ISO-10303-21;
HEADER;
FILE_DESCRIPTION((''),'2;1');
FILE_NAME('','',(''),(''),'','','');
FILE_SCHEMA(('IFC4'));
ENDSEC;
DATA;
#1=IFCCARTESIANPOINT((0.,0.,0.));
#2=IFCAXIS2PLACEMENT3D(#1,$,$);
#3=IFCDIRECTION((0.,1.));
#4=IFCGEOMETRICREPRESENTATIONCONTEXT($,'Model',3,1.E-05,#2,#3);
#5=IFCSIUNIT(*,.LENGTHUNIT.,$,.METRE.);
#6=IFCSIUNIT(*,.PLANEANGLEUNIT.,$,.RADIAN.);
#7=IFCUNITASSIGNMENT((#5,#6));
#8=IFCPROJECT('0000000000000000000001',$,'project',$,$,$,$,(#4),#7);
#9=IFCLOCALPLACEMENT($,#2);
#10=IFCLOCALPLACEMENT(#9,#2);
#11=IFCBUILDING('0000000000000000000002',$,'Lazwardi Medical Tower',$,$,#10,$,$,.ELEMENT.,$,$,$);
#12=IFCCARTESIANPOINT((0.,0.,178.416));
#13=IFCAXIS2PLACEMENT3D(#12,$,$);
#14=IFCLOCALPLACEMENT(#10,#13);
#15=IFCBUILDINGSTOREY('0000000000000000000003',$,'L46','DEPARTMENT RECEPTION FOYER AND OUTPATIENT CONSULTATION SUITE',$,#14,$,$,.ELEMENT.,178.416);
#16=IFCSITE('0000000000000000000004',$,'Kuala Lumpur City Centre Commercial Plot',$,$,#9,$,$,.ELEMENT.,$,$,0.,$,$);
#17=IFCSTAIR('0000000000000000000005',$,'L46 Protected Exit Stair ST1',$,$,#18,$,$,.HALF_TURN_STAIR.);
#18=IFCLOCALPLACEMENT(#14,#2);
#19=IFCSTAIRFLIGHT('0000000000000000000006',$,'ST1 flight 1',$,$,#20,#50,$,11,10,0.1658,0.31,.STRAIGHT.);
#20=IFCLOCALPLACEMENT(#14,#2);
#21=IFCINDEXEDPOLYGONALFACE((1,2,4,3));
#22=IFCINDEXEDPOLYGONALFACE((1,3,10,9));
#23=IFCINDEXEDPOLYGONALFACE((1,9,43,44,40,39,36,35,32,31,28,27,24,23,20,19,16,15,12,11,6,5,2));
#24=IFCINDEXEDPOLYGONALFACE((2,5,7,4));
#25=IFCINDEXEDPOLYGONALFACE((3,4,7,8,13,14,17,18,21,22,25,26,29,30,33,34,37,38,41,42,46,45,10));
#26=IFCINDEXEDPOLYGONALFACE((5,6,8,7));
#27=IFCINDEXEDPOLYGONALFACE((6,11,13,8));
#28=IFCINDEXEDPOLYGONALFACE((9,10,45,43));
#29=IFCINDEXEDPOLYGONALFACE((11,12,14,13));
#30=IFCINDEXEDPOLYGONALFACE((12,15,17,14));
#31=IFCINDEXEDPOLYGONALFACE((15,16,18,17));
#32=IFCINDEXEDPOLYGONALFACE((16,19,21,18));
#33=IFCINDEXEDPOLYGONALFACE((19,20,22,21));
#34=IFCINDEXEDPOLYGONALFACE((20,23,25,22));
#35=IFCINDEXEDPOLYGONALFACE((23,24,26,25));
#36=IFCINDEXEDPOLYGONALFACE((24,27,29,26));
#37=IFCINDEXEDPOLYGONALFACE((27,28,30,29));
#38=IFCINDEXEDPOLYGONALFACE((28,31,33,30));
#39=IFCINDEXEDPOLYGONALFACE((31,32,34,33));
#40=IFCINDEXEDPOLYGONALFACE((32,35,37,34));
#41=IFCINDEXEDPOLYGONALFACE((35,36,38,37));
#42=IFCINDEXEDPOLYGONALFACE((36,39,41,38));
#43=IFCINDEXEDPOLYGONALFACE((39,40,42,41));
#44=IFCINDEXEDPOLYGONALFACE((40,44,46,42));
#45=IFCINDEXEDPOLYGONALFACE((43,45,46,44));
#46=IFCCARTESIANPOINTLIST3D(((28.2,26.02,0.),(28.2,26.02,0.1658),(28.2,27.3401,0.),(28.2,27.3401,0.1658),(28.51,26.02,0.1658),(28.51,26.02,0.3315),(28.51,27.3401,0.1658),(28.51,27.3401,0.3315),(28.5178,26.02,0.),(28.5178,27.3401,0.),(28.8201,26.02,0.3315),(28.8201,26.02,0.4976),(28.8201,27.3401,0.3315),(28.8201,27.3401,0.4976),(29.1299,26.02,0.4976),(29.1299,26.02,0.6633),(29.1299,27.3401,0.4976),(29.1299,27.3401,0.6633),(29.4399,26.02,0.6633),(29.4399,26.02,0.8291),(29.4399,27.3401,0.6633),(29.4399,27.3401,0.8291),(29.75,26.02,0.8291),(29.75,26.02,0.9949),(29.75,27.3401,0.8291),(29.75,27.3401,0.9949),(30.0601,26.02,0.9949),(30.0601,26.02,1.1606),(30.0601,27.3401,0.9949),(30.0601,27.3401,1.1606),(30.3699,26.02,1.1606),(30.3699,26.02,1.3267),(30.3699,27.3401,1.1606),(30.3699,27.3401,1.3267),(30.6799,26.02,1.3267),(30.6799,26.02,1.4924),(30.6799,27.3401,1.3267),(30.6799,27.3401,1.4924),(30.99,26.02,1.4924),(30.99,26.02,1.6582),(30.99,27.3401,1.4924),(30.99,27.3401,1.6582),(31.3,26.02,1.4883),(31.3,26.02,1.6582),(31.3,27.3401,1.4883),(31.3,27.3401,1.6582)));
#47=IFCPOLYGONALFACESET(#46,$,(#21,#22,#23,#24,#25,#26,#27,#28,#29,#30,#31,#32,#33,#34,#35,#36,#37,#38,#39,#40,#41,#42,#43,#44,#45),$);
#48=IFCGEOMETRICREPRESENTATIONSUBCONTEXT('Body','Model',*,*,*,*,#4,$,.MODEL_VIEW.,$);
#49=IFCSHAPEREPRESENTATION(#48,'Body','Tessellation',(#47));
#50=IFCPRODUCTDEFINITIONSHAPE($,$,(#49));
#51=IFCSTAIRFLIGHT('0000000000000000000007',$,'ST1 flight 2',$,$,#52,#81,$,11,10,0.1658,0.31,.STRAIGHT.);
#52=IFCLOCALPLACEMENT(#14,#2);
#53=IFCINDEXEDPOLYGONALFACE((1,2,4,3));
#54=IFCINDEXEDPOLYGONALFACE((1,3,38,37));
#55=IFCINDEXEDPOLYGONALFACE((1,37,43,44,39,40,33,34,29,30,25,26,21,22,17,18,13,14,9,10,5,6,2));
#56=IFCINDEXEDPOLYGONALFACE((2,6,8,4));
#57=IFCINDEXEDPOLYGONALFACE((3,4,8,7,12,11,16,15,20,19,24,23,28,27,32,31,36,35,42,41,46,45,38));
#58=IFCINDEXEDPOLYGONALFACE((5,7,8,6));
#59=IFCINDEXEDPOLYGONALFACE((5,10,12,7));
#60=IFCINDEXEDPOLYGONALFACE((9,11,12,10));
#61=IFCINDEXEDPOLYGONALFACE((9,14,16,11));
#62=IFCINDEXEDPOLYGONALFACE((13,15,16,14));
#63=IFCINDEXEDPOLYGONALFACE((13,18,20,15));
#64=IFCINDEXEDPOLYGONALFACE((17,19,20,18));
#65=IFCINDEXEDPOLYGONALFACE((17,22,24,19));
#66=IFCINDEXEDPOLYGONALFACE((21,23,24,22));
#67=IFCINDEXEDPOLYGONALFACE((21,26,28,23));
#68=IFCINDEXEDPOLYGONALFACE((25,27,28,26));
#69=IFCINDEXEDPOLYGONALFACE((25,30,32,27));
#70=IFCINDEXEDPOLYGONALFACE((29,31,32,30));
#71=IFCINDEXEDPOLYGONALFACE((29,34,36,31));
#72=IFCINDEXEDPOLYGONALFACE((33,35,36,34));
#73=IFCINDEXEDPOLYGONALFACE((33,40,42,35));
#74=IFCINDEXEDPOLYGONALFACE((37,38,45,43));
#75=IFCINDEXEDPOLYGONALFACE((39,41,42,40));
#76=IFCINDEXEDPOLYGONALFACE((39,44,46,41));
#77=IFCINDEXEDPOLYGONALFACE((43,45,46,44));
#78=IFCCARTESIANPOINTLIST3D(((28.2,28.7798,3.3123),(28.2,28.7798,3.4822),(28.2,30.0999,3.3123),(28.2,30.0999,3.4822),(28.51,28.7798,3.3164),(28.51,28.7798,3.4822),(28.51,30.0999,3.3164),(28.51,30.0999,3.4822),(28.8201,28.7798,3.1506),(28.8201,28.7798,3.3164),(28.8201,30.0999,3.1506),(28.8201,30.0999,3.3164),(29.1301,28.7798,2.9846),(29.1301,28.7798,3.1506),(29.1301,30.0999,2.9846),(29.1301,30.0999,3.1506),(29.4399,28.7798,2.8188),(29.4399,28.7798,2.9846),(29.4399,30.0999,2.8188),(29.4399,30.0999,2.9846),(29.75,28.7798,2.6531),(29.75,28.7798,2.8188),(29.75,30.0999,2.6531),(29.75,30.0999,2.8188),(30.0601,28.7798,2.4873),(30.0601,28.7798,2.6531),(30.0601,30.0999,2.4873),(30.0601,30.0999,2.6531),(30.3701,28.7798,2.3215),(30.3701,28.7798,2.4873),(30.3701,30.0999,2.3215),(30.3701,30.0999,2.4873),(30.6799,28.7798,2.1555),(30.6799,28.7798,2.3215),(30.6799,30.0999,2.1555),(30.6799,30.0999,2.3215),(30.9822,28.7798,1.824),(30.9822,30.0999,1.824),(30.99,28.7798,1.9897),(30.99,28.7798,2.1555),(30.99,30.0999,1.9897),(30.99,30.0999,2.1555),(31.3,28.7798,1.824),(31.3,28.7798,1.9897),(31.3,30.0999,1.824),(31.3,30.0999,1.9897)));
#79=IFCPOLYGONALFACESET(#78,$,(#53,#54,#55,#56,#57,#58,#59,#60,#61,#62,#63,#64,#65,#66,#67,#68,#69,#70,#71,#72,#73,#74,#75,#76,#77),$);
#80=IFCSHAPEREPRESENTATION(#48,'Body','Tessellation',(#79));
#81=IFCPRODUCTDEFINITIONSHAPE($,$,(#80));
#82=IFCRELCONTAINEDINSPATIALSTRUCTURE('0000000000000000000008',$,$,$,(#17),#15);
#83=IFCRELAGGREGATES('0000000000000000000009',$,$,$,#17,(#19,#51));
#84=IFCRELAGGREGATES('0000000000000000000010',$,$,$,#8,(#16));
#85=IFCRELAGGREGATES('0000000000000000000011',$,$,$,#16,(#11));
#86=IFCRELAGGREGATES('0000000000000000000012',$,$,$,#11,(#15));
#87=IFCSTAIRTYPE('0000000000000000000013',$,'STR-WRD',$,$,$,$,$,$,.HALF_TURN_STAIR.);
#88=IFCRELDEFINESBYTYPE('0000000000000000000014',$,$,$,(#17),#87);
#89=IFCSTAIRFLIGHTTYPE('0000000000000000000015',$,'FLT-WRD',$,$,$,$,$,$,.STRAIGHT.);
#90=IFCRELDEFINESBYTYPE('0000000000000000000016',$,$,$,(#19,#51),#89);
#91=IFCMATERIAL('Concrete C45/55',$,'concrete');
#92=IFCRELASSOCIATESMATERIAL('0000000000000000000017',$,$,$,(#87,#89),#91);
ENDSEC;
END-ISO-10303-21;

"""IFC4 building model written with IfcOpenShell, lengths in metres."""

from ifc_helpers import new_model, si_unit, direction, frame, origin, place, context, subcontext, project, spatial, polyline, outline, extrude, material, type_object, element, aggregate, save


model = new_model("IFC4")

# Units and contexts
model_context = context("Model", 3, precision=1e-05, world=origin(), true_north=direction((0.0, 1.0)))
body_context = subcontext(model_context, "Body", "Model", "MODEL_VIEW")
ifc_project = project(units=[si_unit("LENGTHUNIT", "METRE"), si_unit("PLANEANGLEUNIT", "RADIAN")], contexts=[model_context])

# Site, building, storey
site_placement = place(None, origin())
site = spatial("IfcSite", under=ifc_project, at=site_placement, Name="Kuala Lumpur City Centre Commercial Plot", CompositionType="ELEMENT", RefElevation=0.0)
building_placement = place(site_placement, origin())
building = spatial("IfcBuilding", under=site, at=building_placement, Name="Lazwardi Medical Tower", CompositionType="ELEMENT")
storey_placement = place(building_placement, frame((0.0, 0.0, 178.416)))
storey = spatial("IfcBuildingStorey", under=building, at=storey_placement, Name="L46", Description="DEPARTMENT RECEPTION FOYER AND OUTPATIENT CONSULTATION SUITE", CompositionType="ELEMENT", Elevation=178.416)

# Stair, stair flights
ifc_material_1 = material(Name="Concrete C45/55", Category="concrete")
stair_type = type_object("IfcStairType", Name="STR-WRD", PredefinedType="HALF_TURN_STAIR", material=ifc_material_1)
stair_placement = place(storey_placement, origin())
stair = element("IfcStair", 1, at=stair_placement, inside=storey, type_object=stair_type, Name="L46 Protected Exit Stair ST1", PredefinedType="HALF_TURN_STAIR")
stair_flight_type = type_object("IfcStairFlightType", Name="FLT-WRD", PredefinedType="STRAIGHT", material=ifc_material_1)
stair_flight_1_placement = place(storey_placement, frame((28.2, 26.6799, 0.0), z_axis=(0.0, 0.0, 1.0), x_axis=(1.0, 0.0, 0.0)))
stair_flight_1 = element("IfcStairFlight", 2, at=stair_flight_1_placement, type_object=stair_flight_type, Name="ST1 flight 1", NumberOfRisers=11, NumberOfTreads=10, PredefinedType="STRAIGHT", RiserHeight=0.1658, TreadLength=0.31, context=body_context, shape_type="SweptSolid", body=[
    extrude(outline(polyline([(0.0, 0.0), (0.0, 0.1658), (0.3101, 0.1658), (0.3101, 0.3315), (0.6201, 0.3315), (0.6201, 0.4976), (0.9299, 0.4976), (0.9299, 0.6633), (1.24, 0.6633), (1.24, 0.8291), (1.55, 0.8291), (1.55, 0.9949), (1.8601, 0.9949), (1.8601, 1.1606), (2.1699, 1.1606), (2.1699, 1.3267), (2.48, 1.3267), (2.48, 1.4924), (2.79, 1.4924), (2.79, 1.6582), (3.1001, 1.6582), (3.1001, 1.824), (3.1001, 1.4883), (0.3179, 0.0), (0.0, 0.0)])), frame((0.0, 0.6602, 0.0), z_axis=(0.0, -1.0, 0.0), x_axis=(1.0, 0.0, 0.0)), (0.0, 0.0, 1.0), 1.3201),
])
stair_flight_2_placement = place(storey_placement, frame((31.3, 29.4399, 1.824), z_axis=(0.0, 0.0, 1.0), x_axis=(-1.0, 0.0, 0.0)))
stair_flight_2 = element("IfcStairFlight", 3, at=stair_flight_2_placement, type_object=stair_flight_type, Name="ST1 flight 2", NumberOfRisers=11, NumberOfTreads=10, PredefinedType="STRAIGHT", RiserHeight=0.1658, TreadLength=0.31, context=body_context, shape_type="SweptSolid", body=[
    extrude(outline(polyline([(0.0, 0.0), (0.0, 0.1658), (0.3101, 0.1658), (0.3101, 0.3315), (0.6201, 0.3315), (0.6201, 0.4976), (0.9299, 0.4976), (0.9299, 0.6633), (1.24, 0.6633), (1.24, 0.8291), (1.55, 0.8291), (1.55, 0.9949), (1.8601, 0.9949), (1.8601, 1.1606), (2.1699, 1.1606), (2.1699, 1.3267), (2.48, 1.3267), (2.48, 1.4924), (2.79, 1.4924), (2.79, 1.6582), (3.1001, 1.6582), (3.1001, 1.824), (3.1001, 1.4883), (0.3179, 0.0), (0.0, 0.0)])), frame((0.0, 0.6602, 0.0), z_axis=(0.0, -1.0, 0.0), x_axis=(1.0, 0.0, 0.0)), (0.0, 0.0, 1.0), 1.3201),
])
aggregate(stair, [stair_flight_1, stair_flight_2])

save(model, "model.ifc")
